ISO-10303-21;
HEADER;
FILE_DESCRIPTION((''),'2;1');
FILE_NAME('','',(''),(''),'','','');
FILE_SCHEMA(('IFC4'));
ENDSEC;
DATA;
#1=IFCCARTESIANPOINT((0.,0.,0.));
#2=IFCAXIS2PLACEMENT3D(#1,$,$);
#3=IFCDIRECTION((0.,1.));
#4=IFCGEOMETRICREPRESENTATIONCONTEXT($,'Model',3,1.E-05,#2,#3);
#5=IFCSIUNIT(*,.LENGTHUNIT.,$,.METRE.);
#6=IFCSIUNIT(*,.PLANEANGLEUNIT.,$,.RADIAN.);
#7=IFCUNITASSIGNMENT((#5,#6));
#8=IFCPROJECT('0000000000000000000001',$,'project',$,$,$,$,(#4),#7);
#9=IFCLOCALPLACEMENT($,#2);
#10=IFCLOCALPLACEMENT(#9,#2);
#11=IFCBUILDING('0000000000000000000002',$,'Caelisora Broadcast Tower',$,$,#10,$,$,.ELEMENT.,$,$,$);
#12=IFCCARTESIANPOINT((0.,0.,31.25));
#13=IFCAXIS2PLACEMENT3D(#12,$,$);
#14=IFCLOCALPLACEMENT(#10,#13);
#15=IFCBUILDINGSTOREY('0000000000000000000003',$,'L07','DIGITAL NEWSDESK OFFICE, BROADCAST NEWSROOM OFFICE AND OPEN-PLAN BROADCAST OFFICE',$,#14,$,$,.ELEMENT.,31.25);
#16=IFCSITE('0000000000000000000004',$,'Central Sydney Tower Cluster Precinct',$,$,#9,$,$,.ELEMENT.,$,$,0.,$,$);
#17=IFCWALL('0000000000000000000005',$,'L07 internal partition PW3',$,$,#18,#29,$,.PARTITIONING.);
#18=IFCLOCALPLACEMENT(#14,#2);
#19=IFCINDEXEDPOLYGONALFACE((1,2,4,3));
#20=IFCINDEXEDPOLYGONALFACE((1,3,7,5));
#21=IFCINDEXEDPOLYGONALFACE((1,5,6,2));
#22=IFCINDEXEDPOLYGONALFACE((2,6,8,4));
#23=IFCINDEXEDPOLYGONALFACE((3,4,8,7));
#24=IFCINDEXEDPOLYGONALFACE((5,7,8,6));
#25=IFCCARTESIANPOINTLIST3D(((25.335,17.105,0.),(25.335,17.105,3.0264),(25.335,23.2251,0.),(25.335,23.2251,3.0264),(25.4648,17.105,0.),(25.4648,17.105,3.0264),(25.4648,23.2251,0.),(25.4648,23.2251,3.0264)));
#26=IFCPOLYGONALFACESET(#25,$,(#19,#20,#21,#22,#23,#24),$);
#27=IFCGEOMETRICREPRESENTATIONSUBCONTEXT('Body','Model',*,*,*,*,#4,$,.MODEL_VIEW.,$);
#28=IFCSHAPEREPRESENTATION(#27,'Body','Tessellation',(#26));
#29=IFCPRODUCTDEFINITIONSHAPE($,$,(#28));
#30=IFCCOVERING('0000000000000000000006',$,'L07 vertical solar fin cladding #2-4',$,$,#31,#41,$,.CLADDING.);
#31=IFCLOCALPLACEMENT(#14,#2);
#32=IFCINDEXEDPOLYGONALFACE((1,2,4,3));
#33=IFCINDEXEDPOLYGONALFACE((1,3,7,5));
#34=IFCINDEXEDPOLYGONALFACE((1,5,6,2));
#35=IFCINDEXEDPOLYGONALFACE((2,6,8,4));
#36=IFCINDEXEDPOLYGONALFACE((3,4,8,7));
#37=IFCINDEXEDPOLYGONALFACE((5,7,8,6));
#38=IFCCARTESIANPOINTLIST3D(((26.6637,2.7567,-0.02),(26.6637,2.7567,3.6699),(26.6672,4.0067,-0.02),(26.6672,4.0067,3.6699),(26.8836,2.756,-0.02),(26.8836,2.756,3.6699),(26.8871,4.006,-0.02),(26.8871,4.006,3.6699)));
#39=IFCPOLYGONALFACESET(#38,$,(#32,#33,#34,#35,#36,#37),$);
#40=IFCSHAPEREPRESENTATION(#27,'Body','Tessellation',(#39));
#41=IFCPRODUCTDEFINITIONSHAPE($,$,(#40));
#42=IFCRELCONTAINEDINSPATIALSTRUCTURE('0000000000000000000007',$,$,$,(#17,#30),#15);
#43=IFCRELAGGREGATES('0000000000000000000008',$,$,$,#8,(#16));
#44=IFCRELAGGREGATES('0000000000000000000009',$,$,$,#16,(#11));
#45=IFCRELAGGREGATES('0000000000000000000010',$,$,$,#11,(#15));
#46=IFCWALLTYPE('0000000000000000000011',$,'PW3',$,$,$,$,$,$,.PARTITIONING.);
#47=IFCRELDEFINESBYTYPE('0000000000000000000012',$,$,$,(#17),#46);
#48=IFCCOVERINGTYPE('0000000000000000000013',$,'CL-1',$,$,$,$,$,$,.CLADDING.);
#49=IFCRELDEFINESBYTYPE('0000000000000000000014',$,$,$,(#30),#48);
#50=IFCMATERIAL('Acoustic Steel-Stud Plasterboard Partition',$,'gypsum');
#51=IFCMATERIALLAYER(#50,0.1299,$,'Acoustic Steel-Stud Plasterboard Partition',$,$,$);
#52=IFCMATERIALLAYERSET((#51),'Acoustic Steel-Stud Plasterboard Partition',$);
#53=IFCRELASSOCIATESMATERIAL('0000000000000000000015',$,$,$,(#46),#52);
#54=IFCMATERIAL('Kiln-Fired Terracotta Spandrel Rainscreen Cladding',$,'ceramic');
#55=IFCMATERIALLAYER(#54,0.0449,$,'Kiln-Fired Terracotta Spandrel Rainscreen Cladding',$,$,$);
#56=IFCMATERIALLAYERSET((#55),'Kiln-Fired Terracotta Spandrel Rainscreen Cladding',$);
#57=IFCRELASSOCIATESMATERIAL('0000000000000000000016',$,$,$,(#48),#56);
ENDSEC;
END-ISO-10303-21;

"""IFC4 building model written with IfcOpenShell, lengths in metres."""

from ifc_helpers import new_model, si_unit, direction, frame, frame_2d, origin, origin_2d, place, context, subcontext, project, spatial, rectangle, extrude, source, transform, mapped, material, layer, layer_set, type_object, type_shapes, element, save


model = new_model("IFC4")

# Units and contexts
model_context = context("Model", 3, precision=1e-05, world=origin(), true_north=direction((0.0, 1.0)))
body_context = subcontext(model_context, "Body", "Model", "MODEL_VIEW")
ifc_project = project(units=[si_unit("LENGTHUNIT", "METRE"), si_unit("PLANEANGLEUNIT", "RADIAN")], contexts=[model_context])

# Site, building, storey
site_placement = place(None, origin())
site = spatial("IfcSite", under=ifc_project, at=site_placement, Name="Central Sydney Tower Cluster Precinct", CompositionType="ELEMENT", RefElevation=0.0)
building_placement = place(site_placement, origin())
building = spatial("IfcBuilding", under=site, at=building_placement, Name="Caelisora Broadcast Tower", CompositionType="ELEMENT")
storey_placement = place(building_placement, frame((0.0, 0.0, 31.25)))
storey = spatial("IfcBuildingStorey", under=building, at=storey_placement, Name="L07", Description="DIGITAL NEWSDESK OFFICE, BROADCAST NEWSROOM OFFICE AND OPEN-PLAN BROADCAST OFFICE", CompositionType="ELEMENT", Elevation=31.25)

# Wall
ifc_material_1 = material(Name="Acoustic Steel-Stud Plasterboard Partition", Category="gypsum")
ifc_layer_1 = layer(ifc_material_1, 0.1299, Name="Acoustic Steel-Stud Plasterboard Partition")
ifc_layer_set_1 = layer_set([ifc_layer_1], Name="Acoustic Steel-Stud Plasterboard Partition")
wall_type_1 = type_object("IfcWallType", Name="PW3", PredefinedType="PARTITIONING", material=ifc_layer_set_1)
wall_1_placement = place(storey_placement, frame((25.3999, 17.105, 0.0), z_axis=(0.0, 0.0, 1.0), x_axis=(0.0, 1.0, 0.0)))
element("IfcWall", 1, at=wall_1_placement, inside=storey, type_object=wall_type_1, Name="L07 internal partition PW3", PredefinedType="PARTITIONING", context=body_context, shape_type="SweptSolid", body=[
    extrude(rectangle(XDim=6.1201, YDim=0.1299, at=frame_2d((3.0601, 0.0))), origin(), (0.0, 0.0, 1.0), 3.0264),
])

# Covering
ifc_material_2 = material(Name="Kiln-Fired Terracotta Spandrel Rainscreen Cladding", Category="ceramic")
ifc_layer_2 = layer(ifc_material_2, 0.0449, Name="Kiln-Fired Terracotta Spandrel Rainscreen Cladding")
ifc_layer_set_2 = layer_set([ifc_layer_2], Name="Kiln-Fired Terracotta Spandrel Rainscreen Cladding")
covering_type = type_object("IfcCoveringType", Name="CL-1", PredefinedType="CLADDING", material=ifc_layer_set_2)
shared_shape_1 = source(origin(), body_context, "Body", "SweptSolid", [
    extrude(rectangle(XDim=0.22, YDim=1.25, at=origin_2d()), origin(), (0.0, 0.0, 1.0), 3.6899),
])
type_shapes(covering_type, [shared_shape_1])
covering_placement = place(storey_placement, frame((26.7754, 3.3813, -0.02), z_axis=(0.0, 0.0, 1.0), x_axis=(-0.999996, 0.002793, 0.0)))
element("IfcCovering", 2, at=covering_placement, inside=storey, type_object=covering_type, Name="L07 vertical solar fin cladding #2-4", PredefinedType="CLADDING", context=body_context, shape_type="MappedRepresentation", body=[
    mapped(shared_shape_1, transform((0.0, 0.0, 0.0), scale=1.0)),
])

save(model, "model.ifc")
